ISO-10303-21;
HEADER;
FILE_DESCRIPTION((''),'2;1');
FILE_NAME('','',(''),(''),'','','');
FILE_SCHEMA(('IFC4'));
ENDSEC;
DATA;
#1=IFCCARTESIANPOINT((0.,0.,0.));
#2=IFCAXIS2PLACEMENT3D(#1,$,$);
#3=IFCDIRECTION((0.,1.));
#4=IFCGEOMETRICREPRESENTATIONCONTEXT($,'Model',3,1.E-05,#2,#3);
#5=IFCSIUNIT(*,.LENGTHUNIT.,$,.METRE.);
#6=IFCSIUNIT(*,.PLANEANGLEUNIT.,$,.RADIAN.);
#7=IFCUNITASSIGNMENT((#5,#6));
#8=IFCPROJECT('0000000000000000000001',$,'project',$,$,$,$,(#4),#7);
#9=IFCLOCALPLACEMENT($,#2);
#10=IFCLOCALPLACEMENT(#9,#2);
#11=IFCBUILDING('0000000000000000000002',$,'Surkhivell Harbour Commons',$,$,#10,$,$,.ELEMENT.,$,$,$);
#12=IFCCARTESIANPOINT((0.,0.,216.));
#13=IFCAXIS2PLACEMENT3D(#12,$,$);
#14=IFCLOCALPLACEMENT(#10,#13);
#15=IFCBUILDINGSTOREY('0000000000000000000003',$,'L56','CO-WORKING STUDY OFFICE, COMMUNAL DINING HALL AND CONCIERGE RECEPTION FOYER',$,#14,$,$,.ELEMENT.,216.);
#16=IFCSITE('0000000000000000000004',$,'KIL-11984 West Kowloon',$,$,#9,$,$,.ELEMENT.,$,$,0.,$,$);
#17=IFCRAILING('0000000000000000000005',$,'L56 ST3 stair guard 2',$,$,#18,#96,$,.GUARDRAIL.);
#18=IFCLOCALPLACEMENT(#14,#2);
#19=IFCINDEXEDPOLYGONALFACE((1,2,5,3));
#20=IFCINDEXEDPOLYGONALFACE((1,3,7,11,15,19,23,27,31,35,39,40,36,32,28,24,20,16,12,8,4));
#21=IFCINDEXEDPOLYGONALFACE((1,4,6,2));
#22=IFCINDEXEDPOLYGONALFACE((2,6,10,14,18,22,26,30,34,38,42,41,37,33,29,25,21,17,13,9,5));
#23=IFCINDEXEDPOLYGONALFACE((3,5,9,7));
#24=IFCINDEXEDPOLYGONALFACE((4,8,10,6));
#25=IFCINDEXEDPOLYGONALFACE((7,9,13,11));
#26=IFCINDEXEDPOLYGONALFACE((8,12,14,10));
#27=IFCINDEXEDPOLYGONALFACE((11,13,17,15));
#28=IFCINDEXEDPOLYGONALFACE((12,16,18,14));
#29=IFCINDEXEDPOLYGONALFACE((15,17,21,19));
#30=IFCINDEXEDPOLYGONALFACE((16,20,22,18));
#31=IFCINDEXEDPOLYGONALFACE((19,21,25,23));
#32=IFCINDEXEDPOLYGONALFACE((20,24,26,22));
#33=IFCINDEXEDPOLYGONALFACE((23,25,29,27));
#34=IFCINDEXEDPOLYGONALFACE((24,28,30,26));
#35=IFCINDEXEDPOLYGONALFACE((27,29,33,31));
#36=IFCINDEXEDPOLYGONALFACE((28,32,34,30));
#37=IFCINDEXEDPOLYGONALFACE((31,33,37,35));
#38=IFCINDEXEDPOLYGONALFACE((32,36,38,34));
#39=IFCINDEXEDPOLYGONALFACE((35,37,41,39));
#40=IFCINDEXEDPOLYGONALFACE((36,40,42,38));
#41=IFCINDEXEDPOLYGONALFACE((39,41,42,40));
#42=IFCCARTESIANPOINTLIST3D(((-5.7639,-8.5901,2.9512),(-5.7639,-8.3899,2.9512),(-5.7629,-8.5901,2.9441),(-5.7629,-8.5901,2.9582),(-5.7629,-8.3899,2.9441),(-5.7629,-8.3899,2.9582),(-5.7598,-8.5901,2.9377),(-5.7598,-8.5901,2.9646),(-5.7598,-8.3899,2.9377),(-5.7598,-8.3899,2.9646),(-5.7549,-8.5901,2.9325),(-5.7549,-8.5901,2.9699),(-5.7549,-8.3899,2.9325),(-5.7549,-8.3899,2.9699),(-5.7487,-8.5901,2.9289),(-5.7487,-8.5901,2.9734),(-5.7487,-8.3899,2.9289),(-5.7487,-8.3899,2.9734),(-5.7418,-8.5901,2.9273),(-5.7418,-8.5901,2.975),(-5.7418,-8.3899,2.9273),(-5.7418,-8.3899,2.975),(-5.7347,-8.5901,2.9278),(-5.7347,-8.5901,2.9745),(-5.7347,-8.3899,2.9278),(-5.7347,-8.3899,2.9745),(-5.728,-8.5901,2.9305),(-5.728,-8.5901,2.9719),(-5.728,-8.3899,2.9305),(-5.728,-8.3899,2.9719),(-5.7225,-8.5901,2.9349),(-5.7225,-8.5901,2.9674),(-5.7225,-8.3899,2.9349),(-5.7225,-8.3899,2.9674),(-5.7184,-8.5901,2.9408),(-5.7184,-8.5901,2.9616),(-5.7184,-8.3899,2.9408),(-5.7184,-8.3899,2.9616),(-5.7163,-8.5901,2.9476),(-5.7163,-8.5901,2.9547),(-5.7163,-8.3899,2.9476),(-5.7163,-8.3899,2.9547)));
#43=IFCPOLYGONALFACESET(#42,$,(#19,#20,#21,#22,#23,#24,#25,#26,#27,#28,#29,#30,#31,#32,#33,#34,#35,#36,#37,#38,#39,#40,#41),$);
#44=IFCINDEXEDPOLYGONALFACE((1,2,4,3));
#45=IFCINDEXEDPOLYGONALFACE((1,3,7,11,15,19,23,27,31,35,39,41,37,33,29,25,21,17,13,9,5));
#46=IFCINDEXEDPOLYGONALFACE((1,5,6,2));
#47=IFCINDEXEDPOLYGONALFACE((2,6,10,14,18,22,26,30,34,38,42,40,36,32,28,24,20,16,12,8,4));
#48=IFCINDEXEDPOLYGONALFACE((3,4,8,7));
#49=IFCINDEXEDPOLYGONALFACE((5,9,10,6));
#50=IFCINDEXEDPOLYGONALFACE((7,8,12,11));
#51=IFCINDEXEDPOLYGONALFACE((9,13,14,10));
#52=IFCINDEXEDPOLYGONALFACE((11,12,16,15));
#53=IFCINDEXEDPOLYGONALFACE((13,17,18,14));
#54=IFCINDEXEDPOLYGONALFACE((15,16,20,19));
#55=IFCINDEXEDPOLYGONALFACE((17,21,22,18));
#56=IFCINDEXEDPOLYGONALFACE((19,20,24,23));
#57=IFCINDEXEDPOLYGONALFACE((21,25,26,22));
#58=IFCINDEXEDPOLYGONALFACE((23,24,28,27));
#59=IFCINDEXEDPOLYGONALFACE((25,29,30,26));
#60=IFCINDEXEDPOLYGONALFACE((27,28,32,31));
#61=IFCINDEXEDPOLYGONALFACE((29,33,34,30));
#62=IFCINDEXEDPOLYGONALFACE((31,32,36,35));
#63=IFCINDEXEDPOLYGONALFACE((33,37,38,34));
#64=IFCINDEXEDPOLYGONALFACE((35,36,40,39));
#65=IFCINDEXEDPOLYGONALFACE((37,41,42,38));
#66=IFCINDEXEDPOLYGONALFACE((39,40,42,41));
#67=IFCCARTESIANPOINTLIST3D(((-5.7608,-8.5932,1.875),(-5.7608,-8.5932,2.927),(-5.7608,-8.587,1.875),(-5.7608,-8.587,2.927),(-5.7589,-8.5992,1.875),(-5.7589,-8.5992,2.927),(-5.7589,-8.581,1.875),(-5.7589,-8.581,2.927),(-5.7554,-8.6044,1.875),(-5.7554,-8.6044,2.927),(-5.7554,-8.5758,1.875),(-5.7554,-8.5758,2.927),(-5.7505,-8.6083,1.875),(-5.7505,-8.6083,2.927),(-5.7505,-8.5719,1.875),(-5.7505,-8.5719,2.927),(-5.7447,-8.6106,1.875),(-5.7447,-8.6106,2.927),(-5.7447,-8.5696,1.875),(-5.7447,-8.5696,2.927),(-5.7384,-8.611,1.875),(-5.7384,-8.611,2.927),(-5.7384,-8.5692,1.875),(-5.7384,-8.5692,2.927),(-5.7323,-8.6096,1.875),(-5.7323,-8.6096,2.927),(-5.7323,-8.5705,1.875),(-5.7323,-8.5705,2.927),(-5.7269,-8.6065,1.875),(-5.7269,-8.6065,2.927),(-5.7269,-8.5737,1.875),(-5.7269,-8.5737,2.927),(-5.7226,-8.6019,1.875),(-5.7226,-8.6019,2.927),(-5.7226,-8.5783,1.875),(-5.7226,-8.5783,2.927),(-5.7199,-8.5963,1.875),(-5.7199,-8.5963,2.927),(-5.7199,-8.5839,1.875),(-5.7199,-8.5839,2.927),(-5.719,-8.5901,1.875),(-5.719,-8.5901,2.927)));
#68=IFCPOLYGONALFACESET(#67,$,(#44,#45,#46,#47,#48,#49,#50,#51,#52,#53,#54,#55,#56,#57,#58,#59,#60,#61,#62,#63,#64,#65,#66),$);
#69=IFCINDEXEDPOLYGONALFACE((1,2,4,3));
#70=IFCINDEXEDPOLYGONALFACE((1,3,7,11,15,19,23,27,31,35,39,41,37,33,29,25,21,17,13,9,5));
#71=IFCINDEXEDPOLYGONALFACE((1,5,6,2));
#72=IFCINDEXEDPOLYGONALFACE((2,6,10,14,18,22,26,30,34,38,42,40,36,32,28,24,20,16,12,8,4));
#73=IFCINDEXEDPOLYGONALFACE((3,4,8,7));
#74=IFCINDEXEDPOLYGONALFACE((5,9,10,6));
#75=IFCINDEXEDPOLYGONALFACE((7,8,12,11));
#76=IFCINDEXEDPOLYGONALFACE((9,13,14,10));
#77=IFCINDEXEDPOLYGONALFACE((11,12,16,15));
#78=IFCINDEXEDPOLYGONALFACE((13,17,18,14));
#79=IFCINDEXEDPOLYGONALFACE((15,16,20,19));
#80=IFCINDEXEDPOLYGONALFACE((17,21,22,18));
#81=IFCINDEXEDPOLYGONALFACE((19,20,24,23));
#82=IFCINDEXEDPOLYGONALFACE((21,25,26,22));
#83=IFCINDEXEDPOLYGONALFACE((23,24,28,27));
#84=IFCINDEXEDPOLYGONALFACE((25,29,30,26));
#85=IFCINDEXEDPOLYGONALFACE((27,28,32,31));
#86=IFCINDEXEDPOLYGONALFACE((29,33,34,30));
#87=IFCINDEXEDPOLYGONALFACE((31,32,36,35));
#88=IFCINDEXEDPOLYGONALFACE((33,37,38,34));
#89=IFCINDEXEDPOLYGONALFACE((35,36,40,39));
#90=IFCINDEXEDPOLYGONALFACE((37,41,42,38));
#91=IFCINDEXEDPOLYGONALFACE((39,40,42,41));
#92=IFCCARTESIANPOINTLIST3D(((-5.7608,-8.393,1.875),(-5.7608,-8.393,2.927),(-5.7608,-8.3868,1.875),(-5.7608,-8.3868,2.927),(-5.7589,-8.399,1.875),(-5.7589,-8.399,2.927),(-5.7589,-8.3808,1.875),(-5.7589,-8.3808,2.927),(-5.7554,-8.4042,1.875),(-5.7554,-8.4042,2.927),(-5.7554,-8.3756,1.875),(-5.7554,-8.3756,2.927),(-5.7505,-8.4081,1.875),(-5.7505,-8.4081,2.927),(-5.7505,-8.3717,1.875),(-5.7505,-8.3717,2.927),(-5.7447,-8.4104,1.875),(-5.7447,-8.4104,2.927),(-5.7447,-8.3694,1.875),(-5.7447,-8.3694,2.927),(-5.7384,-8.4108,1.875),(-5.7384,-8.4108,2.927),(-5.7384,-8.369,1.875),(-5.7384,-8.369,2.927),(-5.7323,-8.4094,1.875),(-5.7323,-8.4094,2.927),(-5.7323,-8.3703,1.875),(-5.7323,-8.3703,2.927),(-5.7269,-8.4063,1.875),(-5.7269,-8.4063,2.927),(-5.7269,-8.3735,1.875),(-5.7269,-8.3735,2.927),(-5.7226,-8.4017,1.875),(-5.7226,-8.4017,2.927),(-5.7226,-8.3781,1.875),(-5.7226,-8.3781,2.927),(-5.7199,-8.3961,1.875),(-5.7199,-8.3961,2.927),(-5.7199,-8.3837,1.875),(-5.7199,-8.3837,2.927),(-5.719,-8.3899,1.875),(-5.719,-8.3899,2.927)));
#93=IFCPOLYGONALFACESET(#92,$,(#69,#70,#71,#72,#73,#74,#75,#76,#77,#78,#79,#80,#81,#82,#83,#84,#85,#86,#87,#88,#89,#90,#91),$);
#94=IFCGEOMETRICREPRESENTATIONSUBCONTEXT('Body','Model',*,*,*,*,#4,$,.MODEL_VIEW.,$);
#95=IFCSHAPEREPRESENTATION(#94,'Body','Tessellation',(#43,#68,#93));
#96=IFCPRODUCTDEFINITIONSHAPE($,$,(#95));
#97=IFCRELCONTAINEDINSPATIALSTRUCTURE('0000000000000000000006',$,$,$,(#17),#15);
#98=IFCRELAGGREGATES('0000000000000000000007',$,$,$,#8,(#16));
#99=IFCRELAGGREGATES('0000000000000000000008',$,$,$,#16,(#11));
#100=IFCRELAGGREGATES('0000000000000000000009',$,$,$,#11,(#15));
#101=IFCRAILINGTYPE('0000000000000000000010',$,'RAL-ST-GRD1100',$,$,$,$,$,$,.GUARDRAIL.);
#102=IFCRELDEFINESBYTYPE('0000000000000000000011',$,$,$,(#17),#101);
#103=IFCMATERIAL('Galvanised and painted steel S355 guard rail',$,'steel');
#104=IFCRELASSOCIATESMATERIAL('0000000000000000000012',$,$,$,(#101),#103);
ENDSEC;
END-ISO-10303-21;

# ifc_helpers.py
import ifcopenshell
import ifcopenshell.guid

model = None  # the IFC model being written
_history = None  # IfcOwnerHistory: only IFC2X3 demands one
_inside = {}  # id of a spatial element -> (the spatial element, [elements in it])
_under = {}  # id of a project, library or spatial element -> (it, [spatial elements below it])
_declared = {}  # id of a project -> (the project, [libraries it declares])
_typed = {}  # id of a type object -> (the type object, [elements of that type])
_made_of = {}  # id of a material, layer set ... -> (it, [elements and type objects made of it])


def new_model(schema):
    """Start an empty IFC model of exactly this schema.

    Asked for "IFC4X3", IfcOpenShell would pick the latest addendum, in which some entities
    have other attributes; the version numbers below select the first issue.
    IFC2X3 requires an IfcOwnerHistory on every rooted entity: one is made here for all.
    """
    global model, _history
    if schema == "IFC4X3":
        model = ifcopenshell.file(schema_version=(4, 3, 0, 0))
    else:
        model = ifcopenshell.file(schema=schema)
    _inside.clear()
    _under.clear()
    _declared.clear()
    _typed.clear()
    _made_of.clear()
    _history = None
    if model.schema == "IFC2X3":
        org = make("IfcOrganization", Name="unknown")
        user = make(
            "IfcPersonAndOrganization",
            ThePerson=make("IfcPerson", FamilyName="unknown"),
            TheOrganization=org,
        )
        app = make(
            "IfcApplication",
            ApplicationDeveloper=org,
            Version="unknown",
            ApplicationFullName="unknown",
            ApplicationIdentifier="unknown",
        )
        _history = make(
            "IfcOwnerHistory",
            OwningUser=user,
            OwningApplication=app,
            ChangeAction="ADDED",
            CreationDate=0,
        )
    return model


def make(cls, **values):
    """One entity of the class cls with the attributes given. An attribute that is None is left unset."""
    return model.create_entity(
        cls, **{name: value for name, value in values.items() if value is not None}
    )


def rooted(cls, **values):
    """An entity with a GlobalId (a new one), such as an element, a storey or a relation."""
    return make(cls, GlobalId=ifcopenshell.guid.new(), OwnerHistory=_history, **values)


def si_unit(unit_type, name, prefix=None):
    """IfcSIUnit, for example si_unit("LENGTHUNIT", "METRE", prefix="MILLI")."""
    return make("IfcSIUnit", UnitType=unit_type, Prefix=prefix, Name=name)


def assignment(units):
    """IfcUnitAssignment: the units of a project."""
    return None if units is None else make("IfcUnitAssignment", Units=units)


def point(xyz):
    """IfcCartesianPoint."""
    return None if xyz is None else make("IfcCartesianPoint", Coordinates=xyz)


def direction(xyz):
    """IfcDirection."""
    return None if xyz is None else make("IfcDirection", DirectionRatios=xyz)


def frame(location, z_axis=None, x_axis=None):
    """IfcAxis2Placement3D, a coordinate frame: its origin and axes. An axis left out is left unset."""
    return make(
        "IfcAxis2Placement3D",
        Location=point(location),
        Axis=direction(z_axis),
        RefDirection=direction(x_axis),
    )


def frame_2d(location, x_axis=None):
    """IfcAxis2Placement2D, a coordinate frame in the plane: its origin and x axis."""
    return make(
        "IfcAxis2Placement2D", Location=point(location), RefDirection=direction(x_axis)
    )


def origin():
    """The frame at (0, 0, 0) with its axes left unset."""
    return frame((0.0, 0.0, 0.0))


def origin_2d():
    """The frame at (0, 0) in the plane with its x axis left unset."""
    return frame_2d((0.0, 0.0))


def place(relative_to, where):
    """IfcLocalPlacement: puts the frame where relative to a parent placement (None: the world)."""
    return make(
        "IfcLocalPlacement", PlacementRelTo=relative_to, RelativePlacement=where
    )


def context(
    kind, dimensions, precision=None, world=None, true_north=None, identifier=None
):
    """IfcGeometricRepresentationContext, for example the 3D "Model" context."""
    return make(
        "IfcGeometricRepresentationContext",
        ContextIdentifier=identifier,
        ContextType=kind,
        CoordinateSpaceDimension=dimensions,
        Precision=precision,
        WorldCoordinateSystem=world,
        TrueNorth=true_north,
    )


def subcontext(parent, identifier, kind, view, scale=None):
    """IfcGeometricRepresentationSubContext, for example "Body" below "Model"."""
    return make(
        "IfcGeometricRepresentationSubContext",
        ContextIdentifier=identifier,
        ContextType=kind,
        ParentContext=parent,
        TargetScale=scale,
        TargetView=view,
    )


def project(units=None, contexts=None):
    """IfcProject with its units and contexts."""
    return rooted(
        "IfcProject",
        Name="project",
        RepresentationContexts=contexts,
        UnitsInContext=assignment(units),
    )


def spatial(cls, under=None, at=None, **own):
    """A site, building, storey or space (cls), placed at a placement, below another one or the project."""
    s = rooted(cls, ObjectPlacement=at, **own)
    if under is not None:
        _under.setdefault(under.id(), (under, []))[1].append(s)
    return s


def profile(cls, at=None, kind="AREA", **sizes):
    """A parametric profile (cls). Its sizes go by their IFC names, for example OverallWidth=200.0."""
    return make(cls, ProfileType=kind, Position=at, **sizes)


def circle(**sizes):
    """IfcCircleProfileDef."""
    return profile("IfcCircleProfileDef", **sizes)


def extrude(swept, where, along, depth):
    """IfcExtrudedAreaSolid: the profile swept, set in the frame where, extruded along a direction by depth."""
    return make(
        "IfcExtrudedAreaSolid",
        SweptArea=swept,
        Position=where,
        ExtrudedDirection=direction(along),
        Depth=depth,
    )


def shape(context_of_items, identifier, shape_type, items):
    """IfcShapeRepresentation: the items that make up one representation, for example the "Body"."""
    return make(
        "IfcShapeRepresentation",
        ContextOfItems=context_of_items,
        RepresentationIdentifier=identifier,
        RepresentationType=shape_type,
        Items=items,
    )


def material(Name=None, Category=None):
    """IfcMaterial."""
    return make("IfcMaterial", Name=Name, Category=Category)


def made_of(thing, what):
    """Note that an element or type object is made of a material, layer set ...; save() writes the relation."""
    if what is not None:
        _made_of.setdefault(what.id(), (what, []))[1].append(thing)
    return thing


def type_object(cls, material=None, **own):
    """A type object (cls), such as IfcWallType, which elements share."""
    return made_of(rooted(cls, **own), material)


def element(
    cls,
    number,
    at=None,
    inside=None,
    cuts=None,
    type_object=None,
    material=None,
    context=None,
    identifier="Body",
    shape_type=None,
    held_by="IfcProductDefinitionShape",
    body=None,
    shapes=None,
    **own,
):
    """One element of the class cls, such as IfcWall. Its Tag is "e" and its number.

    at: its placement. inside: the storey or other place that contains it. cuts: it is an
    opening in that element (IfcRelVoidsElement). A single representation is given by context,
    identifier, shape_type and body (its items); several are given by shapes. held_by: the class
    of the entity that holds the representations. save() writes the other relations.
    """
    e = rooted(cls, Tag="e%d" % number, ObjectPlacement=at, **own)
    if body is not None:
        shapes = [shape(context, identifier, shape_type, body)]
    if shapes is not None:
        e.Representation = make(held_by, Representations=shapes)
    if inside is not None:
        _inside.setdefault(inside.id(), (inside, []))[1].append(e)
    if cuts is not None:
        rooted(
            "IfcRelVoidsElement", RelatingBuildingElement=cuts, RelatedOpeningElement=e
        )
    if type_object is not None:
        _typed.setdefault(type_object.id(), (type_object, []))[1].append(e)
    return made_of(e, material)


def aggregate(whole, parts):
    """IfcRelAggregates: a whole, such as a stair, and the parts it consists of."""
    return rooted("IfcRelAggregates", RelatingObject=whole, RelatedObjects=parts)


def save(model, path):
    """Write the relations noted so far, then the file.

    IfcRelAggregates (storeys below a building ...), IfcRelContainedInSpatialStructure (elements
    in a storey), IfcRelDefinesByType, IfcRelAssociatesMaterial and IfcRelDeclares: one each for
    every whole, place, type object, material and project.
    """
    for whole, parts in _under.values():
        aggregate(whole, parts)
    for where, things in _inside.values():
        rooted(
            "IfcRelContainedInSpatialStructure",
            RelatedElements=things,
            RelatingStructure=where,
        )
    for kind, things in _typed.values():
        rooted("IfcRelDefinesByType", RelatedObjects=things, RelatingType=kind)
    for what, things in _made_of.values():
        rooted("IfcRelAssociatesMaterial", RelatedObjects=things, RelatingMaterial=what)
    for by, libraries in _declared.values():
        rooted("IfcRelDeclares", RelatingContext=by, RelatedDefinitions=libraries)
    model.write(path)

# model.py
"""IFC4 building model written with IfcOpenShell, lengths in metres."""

from ifc_helpers import new_model, si_unit, direction, frame, origin, origin_2d, place, context, subcontext, project, spatial, circle, extrude, material, type_object, element, save


model = new_model("IFC4")

# Units and contexts
model_context = context("Model", 3, precision=1e-05, world=origin(), true_north=direction((0.0, 1.0)))
body_context = subcontext(model_context, "Body", "Model", "MODEL_VIEW")
ifc_project = project(units=[si_unit("LENGTHUNIT", "METRE"), si_unit("PLANEANGLEUNIT", "RADIAN")], contexts=[model_context])

# Site, building, storey
site_placement = place(None, origin())
site = spatial("IfcSite", under=ifc_project, at=site_placement, Name="KIL-11984 West Kowloon", CompositionType="ELEMENT", RefElevation=0.0)
building_placement = place(site_placement, origin())
building = spatial("IfcBuilding", under=site, at=building_placement, Name="Surkhivell Harbour Commons", CompositionType="ELEMENT")
storey_placement = place(building_placement, frame((0.0, 0.0, 216.0)))
storey = spatial("IfcBuildingStorey", under=building, at=storey_placement, Name="L56", Description="CO-WORKING STUDY OFFICE, COMMUNAL DINING HALL AND CONCIERGE RECEPTION FOYER", CompositionType="ELEMENT", Elevation=216.0)

# Railing
ifc_material_1 = material(Name="Galvanised and painted steel S355 guard rail", Category="steel")
railing_type_1 = type_object("IfcRailingType", Name="RAL-ST-GRD1100", PredefinedType="GUARDRAIL", material=ifc_material_1)
railing_1_placement = place(storey_placement, frame((-5.74, -8.5901, 1.875)))
element("IfcRailing", 1, at=railing_1_placement, inside=storey, type_object=railing_type_1, Name="L56 ST3 stair guard 2", PredefinedType="GUARDRAIL", context=body_context, shape_type="SweptSolid", body=[
    extrude(circle(Radius=0.0239, at=origin_2d()), frame((0.0, 0.0, 1.0762), z_axis=(0.0, 1.0, 0.0), x_axis=(-1.0, 0.0, 0.0)), (0.0, 0.0, 1.0), 0.2002),
    extrude(circle(Radius=0.021, at=origin_2d()), origin(), (0.0, 0.0, 1.0), 1.052),
    extrude(circle(Radius=0.021, at=origin_2d()), frame((0.0, 0.2002, 0.0)), (0.0, 0.0, 1.0), 1.052),
])

save(model, "model.ifc")
